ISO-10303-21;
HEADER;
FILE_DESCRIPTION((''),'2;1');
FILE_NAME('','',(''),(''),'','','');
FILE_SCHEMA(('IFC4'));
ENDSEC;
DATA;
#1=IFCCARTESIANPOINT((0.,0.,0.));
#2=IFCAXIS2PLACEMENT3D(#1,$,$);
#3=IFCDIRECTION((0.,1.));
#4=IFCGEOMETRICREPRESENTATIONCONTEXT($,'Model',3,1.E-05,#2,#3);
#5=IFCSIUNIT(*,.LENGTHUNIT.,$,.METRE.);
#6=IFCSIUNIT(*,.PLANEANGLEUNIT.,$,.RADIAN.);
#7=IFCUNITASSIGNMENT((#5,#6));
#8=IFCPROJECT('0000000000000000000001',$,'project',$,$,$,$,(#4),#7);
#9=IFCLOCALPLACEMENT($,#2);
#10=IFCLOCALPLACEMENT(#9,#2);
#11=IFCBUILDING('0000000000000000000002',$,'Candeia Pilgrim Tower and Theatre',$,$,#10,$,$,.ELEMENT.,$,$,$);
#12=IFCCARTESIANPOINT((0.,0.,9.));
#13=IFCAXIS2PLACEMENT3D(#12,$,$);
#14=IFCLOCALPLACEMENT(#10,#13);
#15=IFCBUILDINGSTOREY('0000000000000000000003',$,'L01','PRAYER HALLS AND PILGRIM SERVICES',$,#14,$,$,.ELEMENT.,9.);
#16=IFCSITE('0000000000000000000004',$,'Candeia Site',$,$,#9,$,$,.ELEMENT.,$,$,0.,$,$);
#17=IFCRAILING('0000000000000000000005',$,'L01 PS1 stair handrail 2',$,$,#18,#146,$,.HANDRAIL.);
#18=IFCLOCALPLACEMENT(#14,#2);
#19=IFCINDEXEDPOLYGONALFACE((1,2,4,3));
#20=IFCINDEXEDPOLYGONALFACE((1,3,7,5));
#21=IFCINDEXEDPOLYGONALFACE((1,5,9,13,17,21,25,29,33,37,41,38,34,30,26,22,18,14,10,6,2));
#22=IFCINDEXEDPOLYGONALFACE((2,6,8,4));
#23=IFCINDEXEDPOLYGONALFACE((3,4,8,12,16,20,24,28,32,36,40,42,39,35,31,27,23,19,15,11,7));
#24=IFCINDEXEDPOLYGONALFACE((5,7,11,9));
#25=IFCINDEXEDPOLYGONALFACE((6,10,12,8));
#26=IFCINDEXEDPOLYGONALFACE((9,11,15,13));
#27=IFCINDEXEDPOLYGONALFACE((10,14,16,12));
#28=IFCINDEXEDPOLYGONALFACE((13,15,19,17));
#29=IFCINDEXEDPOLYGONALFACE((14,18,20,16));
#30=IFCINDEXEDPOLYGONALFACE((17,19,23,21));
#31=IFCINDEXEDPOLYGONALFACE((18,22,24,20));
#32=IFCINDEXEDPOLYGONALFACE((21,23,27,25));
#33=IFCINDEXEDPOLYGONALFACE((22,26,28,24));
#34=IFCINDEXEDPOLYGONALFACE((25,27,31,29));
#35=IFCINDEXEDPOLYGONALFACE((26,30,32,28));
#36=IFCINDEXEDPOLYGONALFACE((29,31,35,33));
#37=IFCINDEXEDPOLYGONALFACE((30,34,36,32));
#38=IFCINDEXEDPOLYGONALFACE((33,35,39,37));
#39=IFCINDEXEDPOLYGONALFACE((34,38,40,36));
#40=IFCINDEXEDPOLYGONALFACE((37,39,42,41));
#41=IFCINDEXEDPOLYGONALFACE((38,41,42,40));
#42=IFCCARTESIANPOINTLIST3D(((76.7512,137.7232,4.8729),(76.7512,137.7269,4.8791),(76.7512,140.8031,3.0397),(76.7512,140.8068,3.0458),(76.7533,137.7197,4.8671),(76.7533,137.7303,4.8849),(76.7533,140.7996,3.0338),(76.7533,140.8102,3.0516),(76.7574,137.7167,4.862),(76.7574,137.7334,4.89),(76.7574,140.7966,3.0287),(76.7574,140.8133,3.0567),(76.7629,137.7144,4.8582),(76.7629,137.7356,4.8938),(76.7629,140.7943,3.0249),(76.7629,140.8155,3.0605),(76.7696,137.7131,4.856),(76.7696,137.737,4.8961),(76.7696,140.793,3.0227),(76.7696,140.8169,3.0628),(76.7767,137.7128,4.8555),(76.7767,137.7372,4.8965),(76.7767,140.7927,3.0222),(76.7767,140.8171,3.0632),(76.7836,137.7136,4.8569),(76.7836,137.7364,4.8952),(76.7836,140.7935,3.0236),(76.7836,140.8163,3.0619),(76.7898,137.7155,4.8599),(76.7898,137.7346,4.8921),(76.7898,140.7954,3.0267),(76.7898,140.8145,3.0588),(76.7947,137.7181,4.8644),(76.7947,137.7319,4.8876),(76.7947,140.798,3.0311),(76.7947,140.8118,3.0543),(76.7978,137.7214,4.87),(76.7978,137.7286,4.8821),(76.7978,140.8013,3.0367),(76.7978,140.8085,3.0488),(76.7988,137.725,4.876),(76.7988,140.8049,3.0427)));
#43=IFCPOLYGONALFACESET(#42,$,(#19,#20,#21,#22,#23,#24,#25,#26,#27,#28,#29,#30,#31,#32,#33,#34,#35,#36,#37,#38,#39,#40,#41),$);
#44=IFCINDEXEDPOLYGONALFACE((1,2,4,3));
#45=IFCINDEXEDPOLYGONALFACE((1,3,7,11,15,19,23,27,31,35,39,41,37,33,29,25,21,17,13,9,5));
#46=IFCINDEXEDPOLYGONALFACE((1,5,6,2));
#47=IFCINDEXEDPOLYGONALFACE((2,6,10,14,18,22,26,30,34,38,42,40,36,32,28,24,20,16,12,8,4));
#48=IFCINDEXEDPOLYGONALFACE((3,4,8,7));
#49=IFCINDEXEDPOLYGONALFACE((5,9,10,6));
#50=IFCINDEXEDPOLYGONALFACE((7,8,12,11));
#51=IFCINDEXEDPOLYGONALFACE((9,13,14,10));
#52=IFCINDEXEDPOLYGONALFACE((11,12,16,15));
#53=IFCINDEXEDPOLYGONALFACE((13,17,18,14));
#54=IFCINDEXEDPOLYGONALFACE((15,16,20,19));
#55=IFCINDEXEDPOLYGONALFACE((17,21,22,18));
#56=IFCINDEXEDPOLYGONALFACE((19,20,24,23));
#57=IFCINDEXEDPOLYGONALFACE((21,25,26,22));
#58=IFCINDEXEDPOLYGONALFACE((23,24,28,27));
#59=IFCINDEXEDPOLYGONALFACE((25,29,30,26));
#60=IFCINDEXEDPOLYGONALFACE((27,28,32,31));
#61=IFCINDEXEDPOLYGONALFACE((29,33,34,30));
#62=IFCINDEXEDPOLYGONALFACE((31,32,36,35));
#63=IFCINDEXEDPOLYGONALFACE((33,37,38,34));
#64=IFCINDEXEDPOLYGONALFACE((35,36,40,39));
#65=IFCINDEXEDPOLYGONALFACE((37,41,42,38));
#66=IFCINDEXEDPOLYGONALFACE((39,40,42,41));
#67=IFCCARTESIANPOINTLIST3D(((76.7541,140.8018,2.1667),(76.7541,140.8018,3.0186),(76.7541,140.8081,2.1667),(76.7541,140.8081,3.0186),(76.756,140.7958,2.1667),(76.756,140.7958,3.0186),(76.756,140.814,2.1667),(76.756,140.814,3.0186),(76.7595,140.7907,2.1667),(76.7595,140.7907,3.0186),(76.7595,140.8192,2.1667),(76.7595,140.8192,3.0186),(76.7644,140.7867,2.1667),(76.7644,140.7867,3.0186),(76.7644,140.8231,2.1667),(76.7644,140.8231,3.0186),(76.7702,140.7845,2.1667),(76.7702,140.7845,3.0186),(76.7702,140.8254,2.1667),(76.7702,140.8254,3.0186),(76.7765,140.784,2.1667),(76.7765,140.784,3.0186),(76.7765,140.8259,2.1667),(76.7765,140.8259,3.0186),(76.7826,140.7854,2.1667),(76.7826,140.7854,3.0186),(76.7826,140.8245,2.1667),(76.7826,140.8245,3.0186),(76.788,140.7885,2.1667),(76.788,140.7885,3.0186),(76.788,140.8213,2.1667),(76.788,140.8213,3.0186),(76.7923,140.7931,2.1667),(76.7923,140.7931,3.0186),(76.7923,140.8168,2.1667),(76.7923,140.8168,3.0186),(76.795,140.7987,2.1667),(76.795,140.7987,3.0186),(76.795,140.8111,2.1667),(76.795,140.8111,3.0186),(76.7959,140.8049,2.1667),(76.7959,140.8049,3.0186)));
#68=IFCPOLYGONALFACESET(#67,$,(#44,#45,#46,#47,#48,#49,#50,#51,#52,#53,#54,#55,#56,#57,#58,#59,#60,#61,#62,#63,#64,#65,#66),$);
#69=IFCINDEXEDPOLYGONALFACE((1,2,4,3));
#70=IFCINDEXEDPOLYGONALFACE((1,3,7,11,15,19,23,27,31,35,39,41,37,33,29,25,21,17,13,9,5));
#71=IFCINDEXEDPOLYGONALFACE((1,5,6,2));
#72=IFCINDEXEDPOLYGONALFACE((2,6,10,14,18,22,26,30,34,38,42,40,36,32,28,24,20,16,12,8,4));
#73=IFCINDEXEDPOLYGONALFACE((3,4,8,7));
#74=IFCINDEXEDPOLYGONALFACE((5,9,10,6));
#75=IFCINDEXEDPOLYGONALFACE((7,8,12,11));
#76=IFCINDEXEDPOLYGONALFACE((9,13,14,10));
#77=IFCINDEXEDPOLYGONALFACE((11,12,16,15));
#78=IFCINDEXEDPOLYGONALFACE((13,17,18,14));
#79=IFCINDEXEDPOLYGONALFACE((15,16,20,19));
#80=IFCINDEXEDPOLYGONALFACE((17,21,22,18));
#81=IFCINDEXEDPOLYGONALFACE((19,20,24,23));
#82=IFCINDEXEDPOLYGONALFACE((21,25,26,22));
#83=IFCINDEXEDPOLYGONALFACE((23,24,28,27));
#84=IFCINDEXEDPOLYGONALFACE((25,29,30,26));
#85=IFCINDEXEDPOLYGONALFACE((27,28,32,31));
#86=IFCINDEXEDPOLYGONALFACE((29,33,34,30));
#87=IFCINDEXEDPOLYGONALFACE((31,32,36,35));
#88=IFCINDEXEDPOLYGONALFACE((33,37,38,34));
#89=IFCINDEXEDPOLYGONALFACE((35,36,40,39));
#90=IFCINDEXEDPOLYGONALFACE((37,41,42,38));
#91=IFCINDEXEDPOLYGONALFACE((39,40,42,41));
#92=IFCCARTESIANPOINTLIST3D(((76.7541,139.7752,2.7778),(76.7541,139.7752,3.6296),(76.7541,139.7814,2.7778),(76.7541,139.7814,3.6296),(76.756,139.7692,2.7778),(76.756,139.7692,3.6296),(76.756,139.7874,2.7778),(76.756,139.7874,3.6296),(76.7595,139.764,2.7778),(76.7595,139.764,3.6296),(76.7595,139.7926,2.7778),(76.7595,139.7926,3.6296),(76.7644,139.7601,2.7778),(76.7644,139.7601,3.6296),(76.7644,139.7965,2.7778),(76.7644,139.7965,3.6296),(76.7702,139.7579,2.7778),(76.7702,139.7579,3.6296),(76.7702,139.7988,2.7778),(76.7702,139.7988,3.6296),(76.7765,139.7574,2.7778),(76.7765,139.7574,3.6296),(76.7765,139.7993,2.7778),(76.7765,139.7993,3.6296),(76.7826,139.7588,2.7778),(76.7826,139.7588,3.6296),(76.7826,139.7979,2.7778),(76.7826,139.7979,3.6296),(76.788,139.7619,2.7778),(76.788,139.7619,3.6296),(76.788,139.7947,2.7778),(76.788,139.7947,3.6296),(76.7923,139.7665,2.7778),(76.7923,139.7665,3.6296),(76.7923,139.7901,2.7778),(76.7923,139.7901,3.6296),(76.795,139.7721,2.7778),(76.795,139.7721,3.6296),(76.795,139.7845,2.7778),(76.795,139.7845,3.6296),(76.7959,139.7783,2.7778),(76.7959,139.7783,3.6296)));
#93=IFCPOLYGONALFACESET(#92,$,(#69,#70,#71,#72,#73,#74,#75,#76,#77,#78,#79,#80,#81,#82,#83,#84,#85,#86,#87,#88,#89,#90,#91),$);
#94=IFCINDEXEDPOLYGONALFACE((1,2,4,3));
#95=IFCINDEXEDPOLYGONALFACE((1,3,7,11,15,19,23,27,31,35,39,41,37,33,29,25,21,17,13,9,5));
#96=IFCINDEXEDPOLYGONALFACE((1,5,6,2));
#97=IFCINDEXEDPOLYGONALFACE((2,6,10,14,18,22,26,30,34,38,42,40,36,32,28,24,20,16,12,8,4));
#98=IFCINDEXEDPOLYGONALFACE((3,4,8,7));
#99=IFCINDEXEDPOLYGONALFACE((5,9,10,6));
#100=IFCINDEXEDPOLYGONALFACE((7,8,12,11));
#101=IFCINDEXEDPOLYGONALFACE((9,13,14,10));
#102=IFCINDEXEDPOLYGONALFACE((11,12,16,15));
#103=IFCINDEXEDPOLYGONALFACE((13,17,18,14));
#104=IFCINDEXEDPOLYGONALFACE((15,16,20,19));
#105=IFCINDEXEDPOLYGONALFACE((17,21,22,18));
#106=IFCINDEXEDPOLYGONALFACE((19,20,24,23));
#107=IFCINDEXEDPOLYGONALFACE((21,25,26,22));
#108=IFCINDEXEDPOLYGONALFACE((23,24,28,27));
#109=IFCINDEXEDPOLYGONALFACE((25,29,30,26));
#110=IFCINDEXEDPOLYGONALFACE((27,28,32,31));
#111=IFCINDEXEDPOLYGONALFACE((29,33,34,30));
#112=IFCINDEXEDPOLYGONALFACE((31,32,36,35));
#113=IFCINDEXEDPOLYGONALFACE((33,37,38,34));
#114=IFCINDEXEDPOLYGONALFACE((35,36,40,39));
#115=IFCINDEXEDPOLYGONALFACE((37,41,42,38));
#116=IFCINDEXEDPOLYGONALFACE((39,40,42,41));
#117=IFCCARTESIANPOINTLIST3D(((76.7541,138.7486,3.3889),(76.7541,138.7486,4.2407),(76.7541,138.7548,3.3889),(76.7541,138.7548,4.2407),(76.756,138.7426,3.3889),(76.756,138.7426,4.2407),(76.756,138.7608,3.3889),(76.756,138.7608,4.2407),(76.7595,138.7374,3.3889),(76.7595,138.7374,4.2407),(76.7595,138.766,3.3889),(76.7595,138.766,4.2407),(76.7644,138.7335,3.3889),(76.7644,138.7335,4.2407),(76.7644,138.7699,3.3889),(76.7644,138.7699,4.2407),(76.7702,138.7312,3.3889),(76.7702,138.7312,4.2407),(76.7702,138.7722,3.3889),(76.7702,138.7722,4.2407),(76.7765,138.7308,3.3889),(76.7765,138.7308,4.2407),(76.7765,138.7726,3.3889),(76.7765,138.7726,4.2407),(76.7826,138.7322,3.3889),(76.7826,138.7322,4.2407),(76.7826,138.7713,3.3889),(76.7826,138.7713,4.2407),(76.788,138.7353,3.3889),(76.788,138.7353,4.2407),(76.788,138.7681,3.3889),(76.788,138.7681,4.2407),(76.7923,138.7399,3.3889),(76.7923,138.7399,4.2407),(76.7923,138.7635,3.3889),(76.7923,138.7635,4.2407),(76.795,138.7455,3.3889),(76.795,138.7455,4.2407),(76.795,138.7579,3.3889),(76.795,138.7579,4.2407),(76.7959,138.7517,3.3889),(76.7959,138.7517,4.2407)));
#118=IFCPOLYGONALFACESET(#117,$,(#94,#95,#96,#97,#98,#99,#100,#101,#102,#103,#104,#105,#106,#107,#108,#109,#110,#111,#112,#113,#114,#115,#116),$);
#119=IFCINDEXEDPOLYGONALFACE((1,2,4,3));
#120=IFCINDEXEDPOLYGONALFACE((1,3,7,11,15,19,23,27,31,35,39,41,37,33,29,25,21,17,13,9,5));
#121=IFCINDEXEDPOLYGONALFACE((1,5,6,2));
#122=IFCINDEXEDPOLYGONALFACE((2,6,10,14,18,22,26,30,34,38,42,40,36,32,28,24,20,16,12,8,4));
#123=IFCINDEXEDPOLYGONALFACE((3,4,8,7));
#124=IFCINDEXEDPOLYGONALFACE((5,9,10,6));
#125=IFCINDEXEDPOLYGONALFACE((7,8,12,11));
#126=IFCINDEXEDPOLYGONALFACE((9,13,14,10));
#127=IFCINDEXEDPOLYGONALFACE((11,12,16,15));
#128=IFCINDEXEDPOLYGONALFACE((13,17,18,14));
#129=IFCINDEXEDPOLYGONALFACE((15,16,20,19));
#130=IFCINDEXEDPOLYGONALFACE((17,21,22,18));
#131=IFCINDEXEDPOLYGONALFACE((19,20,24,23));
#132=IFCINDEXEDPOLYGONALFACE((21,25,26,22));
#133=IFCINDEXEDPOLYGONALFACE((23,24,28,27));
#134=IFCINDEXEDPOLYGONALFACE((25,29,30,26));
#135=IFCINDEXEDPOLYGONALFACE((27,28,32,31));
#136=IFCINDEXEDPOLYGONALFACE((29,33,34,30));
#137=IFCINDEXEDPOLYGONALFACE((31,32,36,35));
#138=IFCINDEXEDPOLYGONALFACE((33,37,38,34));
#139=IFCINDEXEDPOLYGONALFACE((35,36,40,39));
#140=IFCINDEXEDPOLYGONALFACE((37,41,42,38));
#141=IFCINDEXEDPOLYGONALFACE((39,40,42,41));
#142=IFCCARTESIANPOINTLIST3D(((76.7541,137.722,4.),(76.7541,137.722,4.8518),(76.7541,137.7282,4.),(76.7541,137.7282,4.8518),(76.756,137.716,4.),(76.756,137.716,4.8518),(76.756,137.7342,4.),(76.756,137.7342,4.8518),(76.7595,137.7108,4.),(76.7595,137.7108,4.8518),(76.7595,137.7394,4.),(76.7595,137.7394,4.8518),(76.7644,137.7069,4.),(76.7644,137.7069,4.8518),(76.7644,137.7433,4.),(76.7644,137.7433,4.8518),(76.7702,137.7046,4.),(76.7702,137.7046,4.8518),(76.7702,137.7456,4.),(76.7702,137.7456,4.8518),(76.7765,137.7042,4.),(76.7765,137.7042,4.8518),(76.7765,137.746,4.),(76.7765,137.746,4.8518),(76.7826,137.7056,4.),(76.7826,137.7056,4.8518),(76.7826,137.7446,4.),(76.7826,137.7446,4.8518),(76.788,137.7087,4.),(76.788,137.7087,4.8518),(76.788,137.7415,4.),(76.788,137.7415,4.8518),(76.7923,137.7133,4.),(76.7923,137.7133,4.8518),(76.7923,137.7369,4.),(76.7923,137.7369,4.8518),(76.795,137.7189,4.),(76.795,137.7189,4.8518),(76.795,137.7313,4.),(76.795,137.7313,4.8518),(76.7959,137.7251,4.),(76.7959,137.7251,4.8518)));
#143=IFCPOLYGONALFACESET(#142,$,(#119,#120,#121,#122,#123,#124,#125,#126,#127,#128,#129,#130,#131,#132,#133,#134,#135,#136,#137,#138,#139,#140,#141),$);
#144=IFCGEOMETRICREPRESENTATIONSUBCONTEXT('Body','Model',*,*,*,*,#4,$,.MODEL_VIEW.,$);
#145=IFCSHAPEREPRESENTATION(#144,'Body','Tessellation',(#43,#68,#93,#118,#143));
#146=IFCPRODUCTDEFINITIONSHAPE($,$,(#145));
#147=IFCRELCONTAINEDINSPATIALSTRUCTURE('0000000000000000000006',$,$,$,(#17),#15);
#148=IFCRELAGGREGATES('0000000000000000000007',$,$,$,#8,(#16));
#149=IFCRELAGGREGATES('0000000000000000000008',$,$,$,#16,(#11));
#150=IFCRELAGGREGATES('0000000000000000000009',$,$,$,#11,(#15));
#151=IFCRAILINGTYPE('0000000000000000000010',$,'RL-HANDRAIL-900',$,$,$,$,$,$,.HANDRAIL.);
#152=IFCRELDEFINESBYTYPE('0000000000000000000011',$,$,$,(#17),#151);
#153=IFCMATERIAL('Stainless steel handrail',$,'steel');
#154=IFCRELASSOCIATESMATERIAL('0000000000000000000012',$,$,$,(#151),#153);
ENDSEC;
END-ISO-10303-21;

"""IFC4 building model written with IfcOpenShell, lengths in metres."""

from ifc_helpers import new_model, si_unit, direction, frame, origin, origin_2d, place, context, subcontext, project, spatial, circle, extrude, material, type_object, element, save


model = new_model("IFC4")

# Units and contexts
model_context = context("Model", 3, precision=1e-05, world=origin(), true_north=direction((0.0, 1.0)))
body_context = subcontext(model_context, "Body", "Model", "MODEL_VIEW")
ifc_project = project(units=[si_unit("LENGTHUNIT", "METRE"), si_unit("PLANEANGLEUNIT", "RADIAN")], contexts=[model_context])

# Site, building, storey
site_placement = place(None, origin())
site = spatial("IfcSite", under=ifc_project, at=site_placement, Name="Candeia Site", CompositionType="ELEMENT", RefElevation=0.0)
building_placement = place(site_placement, origin())
building = spatial("IfcBuilding", under=site, at=building_placement, Name="Candeia Pilgrim Tower and Theatre", CompositionType="ELEMENT")
storey_placement = place(building_placement, frame((0.0, 0.0, 9.0)))
storey = spatial("IfcBuildingStorey", under=building, at=storey_placement, Name="L01", Description="PRAYER HALLS AND PILGRIM SERVICES", CompositionType="ELEMENT", Elevation=9.0)

# Railing
ifc_material_1 = material(Name="Stainless steel handrail", Category="steel")
railing_type_1 = type_object("IfcRailingType", Name="RL-HANDRAIL-900", PredefinedType="HANDRAIL", material=ifc_material_1)
for number, where, name in (
    (1, (76.7749, 140.8049, 2.1667), "L01 PS1 stair handrail 2"),
):
    element("IfcRailing", number, at=place(storey_placement, frame(where)), inside=storey, type_object=railing_type_1, Name=name, PredefinedType="HANDRAIL", context=body_context, shape_type="SweptSolid", body=[
        extrude(circle(Radius=0.0239, at=origin_2d()), frame((0.0, 0.0, 0.876), z_axis=(0.0, -0.859291, 0.511487), x_axis=(1.0, 0.0, 0.0)), (0.0, 0.0, 1.0), 3.5842),
        extrude(circle(Radius=0.021, at=origin_2d()), origin(), (0.0, 0.0, 1.0), 0.8518),
        extrude(circle(Radius=0.021, at=origin_2d()), frame((0.0, -1.0266, 0.6111)), (0.0, 0.0, 1.0), 0.8518),
        extrude(circle(Radius=0.021, at=origin_2d()), frame((0.0, -2.0532, 1.2222)), (0.0, 0.0, 1.0), 0.8518),
        extrude(circle(Radius=0.021, at=origin_2d()), frame((0.0, -3.0798, 1.8333)), (0.0, 0.0, 1.0), 0.8518),
    ])

save(model, "model.ifc")
